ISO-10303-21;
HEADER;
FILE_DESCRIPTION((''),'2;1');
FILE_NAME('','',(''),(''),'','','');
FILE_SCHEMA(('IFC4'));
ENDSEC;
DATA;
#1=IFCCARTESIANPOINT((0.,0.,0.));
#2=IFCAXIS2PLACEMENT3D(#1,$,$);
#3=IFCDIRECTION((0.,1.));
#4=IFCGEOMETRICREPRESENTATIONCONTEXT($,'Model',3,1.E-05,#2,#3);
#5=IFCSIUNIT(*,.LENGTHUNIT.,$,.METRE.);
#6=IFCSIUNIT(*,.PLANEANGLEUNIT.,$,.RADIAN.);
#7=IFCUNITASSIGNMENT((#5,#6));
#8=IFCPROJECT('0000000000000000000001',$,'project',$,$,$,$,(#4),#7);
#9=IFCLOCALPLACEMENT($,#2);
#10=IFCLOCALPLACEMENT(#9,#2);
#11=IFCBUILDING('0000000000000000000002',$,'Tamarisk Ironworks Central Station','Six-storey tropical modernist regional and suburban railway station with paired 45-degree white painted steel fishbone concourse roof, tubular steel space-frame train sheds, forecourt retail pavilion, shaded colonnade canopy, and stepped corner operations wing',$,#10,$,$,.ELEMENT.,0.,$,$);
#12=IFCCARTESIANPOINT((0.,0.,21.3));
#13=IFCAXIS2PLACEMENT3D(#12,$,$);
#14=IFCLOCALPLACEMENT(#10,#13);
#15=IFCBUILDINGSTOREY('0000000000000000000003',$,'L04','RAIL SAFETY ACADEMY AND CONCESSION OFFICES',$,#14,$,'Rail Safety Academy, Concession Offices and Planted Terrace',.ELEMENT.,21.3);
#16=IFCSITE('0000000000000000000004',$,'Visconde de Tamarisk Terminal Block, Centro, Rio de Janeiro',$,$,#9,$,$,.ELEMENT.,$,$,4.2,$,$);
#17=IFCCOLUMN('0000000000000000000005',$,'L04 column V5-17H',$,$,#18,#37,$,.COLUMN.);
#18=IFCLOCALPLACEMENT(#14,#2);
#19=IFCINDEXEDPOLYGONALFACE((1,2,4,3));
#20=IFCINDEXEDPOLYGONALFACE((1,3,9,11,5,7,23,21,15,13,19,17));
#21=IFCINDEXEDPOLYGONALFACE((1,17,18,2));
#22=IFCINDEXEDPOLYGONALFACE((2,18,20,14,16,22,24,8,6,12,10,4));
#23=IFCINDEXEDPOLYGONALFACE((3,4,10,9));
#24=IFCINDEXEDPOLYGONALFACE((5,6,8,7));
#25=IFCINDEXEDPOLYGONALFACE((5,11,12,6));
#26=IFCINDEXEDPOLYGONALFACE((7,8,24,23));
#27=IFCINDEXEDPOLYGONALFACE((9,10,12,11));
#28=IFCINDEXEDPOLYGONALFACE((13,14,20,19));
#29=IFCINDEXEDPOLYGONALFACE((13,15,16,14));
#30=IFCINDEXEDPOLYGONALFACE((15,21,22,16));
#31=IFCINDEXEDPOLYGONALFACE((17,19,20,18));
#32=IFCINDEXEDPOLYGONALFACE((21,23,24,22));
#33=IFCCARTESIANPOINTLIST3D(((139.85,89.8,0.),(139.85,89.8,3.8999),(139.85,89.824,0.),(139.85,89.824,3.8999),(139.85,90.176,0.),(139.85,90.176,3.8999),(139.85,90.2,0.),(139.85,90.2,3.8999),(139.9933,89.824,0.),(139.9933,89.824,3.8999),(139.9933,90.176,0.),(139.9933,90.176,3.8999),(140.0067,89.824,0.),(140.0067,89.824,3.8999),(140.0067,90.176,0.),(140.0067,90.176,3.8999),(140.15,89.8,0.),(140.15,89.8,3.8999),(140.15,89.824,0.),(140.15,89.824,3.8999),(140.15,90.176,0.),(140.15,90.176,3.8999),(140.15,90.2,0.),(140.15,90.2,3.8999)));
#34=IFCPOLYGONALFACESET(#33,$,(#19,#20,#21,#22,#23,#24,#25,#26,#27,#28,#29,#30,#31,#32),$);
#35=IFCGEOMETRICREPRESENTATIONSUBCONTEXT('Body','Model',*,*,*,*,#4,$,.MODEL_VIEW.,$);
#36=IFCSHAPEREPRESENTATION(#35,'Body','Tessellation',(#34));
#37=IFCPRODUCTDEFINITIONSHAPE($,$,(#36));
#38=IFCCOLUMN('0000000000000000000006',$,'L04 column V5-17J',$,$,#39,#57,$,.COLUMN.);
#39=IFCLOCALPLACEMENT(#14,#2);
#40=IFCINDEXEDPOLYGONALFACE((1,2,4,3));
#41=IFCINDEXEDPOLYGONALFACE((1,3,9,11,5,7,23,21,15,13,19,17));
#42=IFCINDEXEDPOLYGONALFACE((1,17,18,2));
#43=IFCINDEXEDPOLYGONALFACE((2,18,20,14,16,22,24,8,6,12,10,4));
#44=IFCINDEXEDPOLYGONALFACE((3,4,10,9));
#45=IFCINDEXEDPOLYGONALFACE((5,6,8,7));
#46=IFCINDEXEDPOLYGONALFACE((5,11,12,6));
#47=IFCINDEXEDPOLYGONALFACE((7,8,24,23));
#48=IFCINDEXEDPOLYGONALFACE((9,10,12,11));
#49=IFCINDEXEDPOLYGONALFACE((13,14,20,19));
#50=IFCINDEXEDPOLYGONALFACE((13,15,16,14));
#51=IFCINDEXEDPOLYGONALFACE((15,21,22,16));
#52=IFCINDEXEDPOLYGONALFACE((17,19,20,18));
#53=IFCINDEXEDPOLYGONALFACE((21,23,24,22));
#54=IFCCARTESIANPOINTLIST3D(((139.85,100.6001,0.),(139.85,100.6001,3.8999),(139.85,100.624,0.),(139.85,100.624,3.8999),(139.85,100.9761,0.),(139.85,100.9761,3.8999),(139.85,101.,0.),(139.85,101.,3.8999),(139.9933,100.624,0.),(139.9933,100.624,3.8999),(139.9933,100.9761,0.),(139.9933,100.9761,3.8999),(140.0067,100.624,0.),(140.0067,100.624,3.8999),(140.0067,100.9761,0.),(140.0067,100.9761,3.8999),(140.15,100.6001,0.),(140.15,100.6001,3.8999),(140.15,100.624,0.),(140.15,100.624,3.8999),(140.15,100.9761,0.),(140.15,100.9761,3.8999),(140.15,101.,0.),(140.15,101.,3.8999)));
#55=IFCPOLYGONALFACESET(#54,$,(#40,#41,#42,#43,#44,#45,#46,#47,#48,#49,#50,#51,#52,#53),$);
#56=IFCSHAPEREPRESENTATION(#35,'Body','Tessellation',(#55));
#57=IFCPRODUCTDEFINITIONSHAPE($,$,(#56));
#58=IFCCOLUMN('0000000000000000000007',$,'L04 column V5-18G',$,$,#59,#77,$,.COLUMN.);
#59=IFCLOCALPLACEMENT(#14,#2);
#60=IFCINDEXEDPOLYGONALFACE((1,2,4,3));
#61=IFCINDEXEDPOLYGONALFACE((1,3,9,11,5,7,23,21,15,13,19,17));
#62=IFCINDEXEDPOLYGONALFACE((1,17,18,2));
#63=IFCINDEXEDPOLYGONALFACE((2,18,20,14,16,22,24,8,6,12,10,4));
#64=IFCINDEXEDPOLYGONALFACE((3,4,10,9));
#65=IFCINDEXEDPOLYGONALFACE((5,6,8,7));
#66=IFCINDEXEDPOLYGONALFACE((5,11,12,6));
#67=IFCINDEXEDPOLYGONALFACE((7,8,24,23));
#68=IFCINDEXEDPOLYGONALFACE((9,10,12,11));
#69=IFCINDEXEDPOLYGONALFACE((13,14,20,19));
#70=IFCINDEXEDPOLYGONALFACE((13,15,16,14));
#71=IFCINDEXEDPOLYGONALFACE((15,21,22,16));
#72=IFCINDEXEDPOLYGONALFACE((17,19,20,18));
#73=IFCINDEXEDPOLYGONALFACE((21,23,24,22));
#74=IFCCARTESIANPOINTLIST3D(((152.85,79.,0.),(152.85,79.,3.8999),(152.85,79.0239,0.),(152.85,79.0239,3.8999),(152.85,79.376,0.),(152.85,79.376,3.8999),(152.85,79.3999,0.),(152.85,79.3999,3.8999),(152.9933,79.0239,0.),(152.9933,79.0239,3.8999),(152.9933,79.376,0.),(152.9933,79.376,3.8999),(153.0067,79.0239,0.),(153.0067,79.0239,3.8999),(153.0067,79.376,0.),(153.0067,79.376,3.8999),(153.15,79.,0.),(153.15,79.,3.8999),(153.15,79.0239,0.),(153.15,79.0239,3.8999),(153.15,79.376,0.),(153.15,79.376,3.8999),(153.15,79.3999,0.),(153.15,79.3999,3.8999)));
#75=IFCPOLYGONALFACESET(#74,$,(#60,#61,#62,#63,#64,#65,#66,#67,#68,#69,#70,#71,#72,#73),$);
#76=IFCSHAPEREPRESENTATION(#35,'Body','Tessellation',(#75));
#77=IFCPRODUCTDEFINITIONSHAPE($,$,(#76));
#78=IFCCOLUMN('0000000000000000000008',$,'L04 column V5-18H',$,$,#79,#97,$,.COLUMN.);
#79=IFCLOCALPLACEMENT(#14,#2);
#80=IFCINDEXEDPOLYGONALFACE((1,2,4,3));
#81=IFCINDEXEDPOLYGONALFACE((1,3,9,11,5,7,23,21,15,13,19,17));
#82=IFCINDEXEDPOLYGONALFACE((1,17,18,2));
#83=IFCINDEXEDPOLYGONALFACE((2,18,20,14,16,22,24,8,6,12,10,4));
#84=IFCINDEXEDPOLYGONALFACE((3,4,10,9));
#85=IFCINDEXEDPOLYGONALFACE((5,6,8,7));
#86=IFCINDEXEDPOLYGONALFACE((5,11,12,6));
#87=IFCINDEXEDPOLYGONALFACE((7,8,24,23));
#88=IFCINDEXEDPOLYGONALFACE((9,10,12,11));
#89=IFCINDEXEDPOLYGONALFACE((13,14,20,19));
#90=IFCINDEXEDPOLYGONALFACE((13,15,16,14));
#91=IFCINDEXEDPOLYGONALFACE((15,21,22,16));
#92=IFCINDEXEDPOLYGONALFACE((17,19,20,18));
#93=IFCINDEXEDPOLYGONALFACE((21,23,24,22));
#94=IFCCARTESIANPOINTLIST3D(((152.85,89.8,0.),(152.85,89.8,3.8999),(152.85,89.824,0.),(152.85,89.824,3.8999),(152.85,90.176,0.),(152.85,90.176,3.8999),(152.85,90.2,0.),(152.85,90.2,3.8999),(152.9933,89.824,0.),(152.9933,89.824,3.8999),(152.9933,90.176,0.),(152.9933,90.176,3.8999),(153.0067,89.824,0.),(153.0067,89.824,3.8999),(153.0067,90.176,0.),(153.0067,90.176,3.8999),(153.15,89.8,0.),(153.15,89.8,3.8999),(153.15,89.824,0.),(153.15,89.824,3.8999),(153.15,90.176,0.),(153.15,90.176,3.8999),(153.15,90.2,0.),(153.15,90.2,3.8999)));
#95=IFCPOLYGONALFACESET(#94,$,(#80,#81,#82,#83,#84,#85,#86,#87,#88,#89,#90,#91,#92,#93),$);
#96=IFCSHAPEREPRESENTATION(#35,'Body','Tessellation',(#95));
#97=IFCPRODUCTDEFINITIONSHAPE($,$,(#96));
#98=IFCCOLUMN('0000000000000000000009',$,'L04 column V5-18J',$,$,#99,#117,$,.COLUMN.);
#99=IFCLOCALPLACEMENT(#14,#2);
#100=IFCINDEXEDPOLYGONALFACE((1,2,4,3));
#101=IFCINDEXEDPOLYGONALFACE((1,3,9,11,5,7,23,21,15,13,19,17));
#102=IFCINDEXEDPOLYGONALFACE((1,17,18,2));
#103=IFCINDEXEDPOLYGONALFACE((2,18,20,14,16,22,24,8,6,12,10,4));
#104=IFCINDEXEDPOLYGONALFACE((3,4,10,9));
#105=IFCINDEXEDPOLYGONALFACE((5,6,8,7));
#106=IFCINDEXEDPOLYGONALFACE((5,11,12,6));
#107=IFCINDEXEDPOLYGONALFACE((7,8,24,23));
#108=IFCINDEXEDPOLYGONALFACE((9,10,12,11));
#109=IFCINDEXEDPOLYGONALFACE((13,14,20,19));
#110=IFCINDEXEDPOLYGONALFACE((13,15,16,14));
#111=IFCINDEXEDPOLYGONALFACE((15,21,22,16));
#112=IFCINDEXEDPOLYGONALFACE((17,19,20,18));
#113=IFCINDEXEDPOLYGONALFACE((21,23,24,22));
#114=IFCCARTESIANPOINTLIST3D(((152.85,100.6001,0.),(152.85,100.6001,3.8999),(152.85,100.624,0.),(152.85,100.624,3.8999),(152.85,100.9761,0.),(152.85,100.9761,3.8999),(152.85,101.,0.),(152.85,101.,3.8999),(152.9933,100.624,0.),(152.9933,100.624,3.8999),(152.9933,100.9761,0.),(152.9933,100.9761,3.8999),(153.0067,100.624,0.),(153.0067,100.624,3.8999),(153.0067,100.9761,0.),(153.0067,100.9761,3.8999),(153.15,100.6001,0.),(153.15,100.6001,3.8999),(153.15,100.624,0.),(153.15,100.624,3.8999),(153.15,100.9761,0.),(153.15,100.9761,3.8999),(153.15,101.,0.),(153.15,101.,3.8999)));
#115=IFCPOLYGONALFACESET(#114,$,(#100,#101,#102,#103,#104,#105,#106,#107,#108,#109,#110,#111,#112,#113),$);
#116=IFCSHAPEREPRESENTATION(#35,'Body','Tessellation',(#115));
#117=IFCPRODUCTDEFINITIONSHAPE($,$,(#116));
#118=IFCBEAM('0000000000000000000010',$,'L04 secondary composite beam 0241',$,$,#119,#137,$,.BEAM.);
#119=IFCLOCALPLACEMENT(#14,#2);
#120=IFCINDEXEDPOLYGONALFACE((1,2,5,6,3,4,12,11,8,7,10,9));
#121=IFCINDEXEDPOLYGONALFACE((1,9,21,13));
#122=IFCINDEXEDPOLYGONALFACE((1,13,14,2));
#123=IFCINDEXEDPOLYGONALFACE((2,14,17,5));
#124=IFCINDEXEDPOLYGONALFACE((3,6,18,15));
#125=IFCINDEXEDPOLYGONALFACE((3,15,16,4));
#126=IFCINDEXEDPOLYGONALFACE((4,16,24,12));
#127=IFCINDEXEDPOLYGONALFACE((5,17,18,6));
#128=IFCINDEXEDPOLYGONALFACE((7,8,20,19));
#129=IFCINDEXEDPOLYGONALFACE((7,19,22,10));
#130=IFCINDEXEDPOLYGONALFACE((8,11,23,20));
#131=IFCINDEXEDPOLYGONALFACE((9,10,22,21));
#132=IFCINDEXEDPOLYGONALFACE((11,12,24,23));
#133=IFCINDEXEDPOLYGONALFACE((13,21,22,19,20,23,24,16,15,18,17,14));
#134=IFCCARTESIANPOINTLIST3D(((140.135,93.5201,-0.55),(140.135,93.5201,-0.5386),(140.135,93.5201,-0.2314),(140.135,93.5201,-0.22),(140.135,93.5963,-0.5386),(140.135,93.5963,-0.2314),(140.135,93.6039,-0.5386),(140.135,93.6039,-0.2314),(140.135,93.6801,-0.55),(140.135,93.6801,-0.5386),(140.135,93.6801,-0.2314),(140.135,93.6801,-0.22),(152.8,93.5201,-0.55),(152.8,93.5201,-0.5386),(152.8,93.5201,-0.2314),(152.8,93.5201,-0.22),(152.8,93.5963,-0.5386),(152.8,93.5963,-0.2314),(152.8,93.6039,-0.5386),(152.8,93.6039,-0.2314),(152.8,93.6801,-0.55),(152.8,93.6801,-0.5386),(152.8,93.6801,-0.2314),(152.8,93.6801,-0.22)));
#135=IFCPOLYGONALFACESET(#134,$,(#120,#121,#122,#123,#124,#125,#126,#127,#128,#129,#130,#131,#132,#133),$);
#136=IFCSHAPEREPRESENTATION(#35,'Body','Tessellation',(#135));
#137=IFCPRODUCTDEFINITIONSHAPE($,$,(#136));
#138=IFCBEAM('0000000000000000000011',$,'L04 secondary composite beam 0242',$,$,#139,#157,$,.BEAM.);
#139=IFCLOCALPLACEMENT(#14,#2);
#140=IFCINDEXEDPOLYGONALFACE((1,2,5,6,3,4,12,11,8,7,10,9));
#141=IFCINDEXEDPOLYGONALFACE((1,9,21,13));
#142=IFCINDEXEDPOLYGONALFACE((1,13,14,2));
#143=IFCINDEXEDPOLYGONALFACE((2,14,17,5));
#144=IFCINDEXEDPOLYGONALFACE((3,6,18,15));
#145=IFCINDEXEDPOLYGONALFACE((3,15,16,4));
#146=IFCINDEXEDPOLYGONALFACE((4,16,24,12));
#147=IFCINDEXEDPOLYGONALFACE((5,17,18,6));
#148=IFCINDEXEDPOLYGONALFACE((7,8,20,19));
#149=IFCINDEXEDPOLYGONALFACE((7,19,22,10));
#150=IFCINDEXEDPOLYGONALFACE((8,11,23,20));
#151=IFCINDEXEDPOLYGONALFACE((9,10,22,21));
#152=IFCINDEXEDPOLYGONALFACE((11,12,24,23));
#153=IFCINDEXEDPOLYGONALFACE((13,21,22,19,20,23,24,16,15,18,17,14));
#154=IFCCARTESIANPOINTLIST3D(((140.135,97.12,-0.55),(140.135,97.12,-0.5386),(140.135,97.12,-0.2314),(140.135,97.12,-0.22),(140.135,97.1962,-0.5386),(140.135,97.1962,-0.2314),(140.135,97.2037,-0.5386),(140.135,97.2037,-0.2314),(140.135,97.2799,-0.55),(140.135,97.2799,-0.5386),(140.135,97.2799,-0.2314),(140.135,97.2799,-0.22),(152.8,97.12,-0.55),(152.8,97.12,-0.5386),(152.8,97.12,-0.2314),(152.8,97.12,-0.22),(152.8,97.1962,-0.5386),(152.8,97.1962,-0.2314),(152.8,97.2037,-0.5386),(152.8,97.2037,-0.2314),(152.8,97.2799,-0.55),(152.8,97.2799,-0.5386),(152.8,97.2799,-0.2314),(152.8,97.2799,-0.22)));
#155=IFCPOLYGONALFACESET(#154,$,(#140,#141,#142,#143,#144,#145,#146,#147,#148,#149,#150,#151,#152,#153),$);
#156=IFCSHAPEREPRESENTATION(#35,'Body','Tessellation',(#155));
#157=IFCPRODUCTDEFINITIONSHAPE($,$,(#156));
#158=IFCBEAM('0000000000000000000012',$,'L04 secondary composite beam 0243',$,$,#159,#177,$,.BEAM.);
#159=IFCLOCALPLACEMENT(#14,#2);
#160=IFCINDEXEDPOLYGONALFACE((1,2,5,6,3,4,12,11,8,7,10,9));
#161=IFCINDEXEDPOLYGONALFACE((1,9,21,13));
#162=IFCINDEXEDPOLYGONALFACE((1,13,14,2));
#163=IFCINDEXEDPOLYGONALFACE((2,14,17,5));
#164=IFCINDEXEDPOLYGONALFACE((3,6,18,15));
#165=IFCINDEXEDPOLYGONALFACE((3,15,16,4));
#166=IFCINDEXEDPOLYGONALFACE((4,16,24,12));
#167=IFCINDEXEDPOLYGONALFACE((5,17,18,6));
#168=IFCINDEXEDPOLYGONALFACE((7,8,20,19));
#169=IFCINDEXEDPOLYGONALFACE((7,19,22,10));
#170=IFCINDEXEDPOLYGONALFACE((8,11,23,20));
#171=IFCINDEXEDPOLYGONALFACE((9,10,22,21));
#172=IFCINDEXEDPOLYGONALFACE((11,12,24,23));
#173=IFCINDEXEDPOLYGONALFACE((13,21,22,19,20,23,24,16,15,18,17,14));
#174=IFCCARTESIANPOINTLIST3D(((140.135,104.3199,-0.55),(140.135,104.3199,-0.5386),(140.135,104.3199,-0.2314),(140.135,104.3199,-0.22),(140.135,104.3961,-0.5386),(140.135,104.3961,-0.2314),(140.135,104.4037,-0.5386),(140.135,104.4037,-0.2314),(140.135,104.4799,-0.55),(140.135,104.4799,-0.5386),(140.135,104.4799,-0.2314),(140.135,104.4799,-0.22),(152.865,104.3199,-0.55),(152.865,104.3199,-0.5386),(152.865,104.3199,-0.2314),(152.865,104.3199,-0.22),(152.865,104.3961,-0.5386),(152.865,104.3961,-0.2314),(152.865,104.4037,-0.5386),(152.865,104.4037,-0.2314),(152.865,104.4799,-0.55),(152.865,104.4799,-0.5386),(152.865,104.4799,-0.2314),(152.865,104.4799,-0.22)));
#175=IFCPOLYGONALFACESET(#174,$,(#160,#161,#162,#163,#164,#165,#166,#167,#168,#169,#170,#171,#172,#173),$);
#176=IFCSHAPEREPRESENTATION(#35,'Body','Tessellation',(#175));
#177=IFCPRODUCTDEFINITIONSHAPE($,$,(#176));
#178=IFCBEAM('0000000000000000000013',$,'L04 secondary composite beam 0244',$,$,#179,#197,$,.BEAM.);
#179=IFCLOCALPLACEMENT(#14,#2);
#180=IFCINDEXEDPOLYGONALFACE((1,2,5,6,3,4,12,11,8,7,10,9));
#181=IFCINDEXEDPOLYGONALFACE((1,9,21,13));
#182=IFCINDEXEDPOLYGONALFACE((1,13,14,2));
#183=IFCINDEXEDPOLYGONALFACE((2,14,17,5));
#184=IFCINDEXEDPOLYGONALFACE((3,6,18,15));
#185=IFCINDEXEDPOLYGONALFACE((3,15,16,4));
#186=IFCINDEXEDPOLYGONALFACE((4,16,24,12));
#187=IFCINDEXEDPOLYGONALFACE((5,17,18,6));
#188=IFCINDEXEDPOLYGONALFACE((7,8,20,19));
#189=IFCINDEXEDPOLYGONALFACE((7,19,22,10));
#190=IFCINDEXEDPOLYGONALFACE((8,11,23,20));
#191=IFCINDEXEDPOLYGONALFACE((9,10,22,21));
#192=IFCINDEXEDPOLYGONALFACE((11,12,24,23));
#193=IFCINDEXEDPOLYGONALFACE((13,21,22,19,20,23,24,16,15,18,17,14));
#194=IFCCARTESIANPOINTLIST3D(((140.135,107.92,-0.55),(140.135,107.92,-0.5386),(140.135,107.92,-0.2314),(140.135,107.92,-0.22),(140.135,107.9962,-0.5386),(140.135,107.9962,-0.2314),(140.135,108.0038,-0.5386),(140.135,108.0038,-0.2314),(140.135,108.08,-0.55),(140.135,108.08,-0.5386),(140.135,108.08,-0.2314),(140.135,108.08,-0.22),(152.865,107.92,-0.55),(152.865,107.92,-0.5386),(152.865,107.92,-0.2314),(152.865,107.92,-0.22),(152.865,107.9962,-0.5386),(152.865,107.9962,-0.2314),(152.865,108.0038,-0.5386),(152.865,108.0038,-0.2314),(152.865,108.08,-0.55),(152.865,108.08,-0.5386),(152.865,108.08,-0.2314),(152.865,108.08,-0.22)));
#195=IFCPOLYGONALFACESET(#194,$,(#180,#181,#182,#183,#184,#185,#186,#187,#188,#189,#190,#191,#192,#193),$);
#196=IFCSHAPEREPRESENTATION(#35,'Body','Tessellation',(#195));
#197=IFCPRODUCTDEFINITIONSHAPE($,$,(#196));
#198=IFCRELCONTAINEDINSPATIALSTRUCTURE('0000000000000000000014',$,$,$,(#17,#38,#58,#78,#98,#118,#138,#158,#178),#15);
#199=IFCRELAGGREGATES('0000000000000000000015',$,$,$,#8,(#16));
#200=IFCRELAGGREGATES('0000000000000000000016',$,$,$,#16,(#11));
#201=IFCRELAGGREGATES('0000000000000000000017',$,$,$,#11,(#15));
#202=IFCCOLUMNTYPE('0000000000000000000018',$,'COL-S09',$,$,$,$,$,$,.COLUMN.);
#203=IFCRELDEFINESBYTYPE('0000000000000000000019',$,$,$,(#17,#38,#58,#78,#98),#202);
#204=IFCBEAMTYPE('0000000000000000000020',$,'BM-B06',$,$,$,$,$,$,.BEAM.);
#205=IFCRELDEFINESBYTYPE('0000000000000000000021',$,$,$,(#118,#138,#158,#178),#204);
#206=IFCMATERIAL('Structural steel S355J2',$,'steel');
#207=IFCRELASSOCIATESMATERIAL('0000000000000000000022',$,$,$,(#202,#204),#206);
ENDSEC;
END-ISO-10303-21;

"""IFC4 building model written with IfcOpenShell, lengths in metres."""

from ifc_helpers import new_model, si_unit, direction, frame, origin, origin_2d, place, context, subcontext, project, spatial, i_section, extrude, material, material_profile, profile_set, type_object, element, save


model = new_model("IFC4")

# Units and contexts
model_context = context("Model", 3, precision=1e-05, world=origin(), true_north=direction((0.0, 1.0)))
body_context = subcontext(model_context, "Body", "Model", "MODEL_VIEW")
ifc_project = project(units=[si_unit("LENGTHUNIT", "METRE"), si_unit("PLANEANGLEUNIT", "RADIAN")], contexts=[model_context])

# Site, building, storey
site_placement = place(None, origin())
site = spatial("IfcSite", under=ifc_project, at=site_placement, Name="Visconde de Tamarisk Terminal Block, Centro, Rio de Janeiro", CompositionType="ELEMENT", RefElevation=4.2)
building_placement = place(site_placement, origin())
building = spatial("IfcBuilding", under=site, at=building_placement, Name="Tamarisk Ironworks Central Station", Description="Six-storey tropical modernist regional and suburban railway station with paired 45-degree white painted steel fishbone concourse roof, tubular steel space-frame train sheds, forecourt retail pavilion, shaded colonnade canopy, and stepped corner operations wing", CompositionType="ELEMENT", ElevationOfRefHeight=0.0)
storey_placement = place(building_placement, frame((0.0, 0.0, 21.3)))
storey = spatial("IfcBuildingStorey", under=building, at=storey_placement, Name="L04", Description="RAIL SAFETY ACADEMY AND CONCESSION OFFICES", LongName="Rail Safety Academy, Concession Offices and Planted Terrace", CompositionType="ELEMENT", Elevation=21.3)

# Columns
ifc_material_1 = material(Name="Structural steel S355J2", Category="steel")
ifc_material_profile_1 = material_profile(ifc_material_1, i_section(OverallWidth=0.3, OverallDepth=0.3999, WebThickness=0.0134, FlangeThickness=0.0239, at=origin_2d()), Name="HEB 400")
ifc_profile_set_1 = profile_set([ifc_material_profile_1], Name="Structural steel S355J2")
column_type = type_object("IfcColumnType", Name="COL-S09", PredefinedType="COLUMN", material=ifc_profile_set_1)
for number, where, z_axis, x_axis, name in (
    (1, (140.0, 90.0, 0.0), (0.0, 0.0, 1.0), (1.0, 0.0, 0.0), "L04 column V5-17H"),
    (2, (140.0, 100.8, 0.0), (0.0, 0.0, 1.0), (1.0, 0.0, 0.0), "L04 column V5-17J"),
    (3, (153.0, 79.2, 0.0), (0.0, 0.0, 1.0), (1.0, 0.0, 0.0), "L04 column V5-18G"),
    (4, (153.0, 90.0, 0.0), (0.0, 0.0, 1.0), (1.0, 0.0, 0.0), "L04 column V5-18H"),
    (5, (153.0, 100.8, 0.0), (0.0, 0.0, 1.0), (1.0, 0.0, 0.0), "L04 column V5-18J"),
):
    element("IfcColumn", number, at=place(storey_placement, frame(where, z_axis=z_axis, x_axis=x_axis)), inside=storey, type_object=column_type, Name=name, PredefinedType="COLUMN", context=body_context, shape_type="SweptSolid", body=[
        extrude(i_section(OverallWidth=0.3, OverallDepth=0.3999, WebThickness=0.0134, FlangeThickness=0.0239, at=origin_2d()), origin(), (0.0, 0.0, 1.0), 3.8999),
    ])

# Beams
ifc_material_profile_2 = material_profile(ifc_material_1, i_section(OverallWidth=0.1599, OverallDepth=0.3301, WebThickness=0.0076, FlangeThickness=0.0115, at=origin_2d()), Name="IPE 330")
ifc_profile_set_2 = profile_set([ifc_material_profile_2], Name="Structural steel S355J2")
beam_type_1 = type_object("IfcBeamType", Name="BM-B06", PredefinedType="BEAM", material=ifc_profile_set_2)
for number, where, z_axis, x_axis, name in (
    (6, (140.135, 93.6001, -0.385), (1.0, 0.0, 0.0), (0.0, 1.0, 0.0), "L04 secondary composite beam 0241"),
    (7, (140.135, 97.2, -0.385), (1.0, 0.0, 0.0), (0.0, 1.0, 0.0), "L04 secondary composite beam 0242"),
):
    element("IfcBeam", number, at=place(storey_placement, frame(where, z_axis=z_axis, x_axis=x_axis)), inside=storey, type_object=beam_type_1, Name=name, PredefinedType="BEAM", context=body_context, shape_type="SweptSolid", body=[
        extrude(i_section(OverallWidth=0.1599, OverallDepth=0.3301, WebThickness=0.0076, FlangeThickness=0.0115, at=origin_2d()), origin(), (0.0, 0.0, 1.0), 12.665),
    ])
for number, where, z_axis, x_axis, name in (
    (8, (140.135, 104.3999, -0.385), (1.0, 0.0, 0.0), (0.0, 1.0, 0.0), "L04 secondary composite beam 0243"),
    (9, (140.135, 108.0, -0.385), (1.0, 0.0, 0.0), (0.0, 1.0, 0.0), "L04 secondary composite beam 0244"),
):
    element("IfcBeam", number, at=place(storey_placement, frame(where, z_axis=z_axis, x_axis=x_axis)), inside=storey, type_object=beam_type_1, Name=name, PredefinedType="BEAM", context=body_context, shape_type="SweptSolid", body=[
        extrude(i_section(OverallWidth=0.1599, OverallDepth=0.3301, WebThickness=0.0076, FlangeThickness=0.0115, at=origin_2d()), origin(), (0.0, 0.0, 1.0), 12.73),
    ])

save(model, "model.ifc")
